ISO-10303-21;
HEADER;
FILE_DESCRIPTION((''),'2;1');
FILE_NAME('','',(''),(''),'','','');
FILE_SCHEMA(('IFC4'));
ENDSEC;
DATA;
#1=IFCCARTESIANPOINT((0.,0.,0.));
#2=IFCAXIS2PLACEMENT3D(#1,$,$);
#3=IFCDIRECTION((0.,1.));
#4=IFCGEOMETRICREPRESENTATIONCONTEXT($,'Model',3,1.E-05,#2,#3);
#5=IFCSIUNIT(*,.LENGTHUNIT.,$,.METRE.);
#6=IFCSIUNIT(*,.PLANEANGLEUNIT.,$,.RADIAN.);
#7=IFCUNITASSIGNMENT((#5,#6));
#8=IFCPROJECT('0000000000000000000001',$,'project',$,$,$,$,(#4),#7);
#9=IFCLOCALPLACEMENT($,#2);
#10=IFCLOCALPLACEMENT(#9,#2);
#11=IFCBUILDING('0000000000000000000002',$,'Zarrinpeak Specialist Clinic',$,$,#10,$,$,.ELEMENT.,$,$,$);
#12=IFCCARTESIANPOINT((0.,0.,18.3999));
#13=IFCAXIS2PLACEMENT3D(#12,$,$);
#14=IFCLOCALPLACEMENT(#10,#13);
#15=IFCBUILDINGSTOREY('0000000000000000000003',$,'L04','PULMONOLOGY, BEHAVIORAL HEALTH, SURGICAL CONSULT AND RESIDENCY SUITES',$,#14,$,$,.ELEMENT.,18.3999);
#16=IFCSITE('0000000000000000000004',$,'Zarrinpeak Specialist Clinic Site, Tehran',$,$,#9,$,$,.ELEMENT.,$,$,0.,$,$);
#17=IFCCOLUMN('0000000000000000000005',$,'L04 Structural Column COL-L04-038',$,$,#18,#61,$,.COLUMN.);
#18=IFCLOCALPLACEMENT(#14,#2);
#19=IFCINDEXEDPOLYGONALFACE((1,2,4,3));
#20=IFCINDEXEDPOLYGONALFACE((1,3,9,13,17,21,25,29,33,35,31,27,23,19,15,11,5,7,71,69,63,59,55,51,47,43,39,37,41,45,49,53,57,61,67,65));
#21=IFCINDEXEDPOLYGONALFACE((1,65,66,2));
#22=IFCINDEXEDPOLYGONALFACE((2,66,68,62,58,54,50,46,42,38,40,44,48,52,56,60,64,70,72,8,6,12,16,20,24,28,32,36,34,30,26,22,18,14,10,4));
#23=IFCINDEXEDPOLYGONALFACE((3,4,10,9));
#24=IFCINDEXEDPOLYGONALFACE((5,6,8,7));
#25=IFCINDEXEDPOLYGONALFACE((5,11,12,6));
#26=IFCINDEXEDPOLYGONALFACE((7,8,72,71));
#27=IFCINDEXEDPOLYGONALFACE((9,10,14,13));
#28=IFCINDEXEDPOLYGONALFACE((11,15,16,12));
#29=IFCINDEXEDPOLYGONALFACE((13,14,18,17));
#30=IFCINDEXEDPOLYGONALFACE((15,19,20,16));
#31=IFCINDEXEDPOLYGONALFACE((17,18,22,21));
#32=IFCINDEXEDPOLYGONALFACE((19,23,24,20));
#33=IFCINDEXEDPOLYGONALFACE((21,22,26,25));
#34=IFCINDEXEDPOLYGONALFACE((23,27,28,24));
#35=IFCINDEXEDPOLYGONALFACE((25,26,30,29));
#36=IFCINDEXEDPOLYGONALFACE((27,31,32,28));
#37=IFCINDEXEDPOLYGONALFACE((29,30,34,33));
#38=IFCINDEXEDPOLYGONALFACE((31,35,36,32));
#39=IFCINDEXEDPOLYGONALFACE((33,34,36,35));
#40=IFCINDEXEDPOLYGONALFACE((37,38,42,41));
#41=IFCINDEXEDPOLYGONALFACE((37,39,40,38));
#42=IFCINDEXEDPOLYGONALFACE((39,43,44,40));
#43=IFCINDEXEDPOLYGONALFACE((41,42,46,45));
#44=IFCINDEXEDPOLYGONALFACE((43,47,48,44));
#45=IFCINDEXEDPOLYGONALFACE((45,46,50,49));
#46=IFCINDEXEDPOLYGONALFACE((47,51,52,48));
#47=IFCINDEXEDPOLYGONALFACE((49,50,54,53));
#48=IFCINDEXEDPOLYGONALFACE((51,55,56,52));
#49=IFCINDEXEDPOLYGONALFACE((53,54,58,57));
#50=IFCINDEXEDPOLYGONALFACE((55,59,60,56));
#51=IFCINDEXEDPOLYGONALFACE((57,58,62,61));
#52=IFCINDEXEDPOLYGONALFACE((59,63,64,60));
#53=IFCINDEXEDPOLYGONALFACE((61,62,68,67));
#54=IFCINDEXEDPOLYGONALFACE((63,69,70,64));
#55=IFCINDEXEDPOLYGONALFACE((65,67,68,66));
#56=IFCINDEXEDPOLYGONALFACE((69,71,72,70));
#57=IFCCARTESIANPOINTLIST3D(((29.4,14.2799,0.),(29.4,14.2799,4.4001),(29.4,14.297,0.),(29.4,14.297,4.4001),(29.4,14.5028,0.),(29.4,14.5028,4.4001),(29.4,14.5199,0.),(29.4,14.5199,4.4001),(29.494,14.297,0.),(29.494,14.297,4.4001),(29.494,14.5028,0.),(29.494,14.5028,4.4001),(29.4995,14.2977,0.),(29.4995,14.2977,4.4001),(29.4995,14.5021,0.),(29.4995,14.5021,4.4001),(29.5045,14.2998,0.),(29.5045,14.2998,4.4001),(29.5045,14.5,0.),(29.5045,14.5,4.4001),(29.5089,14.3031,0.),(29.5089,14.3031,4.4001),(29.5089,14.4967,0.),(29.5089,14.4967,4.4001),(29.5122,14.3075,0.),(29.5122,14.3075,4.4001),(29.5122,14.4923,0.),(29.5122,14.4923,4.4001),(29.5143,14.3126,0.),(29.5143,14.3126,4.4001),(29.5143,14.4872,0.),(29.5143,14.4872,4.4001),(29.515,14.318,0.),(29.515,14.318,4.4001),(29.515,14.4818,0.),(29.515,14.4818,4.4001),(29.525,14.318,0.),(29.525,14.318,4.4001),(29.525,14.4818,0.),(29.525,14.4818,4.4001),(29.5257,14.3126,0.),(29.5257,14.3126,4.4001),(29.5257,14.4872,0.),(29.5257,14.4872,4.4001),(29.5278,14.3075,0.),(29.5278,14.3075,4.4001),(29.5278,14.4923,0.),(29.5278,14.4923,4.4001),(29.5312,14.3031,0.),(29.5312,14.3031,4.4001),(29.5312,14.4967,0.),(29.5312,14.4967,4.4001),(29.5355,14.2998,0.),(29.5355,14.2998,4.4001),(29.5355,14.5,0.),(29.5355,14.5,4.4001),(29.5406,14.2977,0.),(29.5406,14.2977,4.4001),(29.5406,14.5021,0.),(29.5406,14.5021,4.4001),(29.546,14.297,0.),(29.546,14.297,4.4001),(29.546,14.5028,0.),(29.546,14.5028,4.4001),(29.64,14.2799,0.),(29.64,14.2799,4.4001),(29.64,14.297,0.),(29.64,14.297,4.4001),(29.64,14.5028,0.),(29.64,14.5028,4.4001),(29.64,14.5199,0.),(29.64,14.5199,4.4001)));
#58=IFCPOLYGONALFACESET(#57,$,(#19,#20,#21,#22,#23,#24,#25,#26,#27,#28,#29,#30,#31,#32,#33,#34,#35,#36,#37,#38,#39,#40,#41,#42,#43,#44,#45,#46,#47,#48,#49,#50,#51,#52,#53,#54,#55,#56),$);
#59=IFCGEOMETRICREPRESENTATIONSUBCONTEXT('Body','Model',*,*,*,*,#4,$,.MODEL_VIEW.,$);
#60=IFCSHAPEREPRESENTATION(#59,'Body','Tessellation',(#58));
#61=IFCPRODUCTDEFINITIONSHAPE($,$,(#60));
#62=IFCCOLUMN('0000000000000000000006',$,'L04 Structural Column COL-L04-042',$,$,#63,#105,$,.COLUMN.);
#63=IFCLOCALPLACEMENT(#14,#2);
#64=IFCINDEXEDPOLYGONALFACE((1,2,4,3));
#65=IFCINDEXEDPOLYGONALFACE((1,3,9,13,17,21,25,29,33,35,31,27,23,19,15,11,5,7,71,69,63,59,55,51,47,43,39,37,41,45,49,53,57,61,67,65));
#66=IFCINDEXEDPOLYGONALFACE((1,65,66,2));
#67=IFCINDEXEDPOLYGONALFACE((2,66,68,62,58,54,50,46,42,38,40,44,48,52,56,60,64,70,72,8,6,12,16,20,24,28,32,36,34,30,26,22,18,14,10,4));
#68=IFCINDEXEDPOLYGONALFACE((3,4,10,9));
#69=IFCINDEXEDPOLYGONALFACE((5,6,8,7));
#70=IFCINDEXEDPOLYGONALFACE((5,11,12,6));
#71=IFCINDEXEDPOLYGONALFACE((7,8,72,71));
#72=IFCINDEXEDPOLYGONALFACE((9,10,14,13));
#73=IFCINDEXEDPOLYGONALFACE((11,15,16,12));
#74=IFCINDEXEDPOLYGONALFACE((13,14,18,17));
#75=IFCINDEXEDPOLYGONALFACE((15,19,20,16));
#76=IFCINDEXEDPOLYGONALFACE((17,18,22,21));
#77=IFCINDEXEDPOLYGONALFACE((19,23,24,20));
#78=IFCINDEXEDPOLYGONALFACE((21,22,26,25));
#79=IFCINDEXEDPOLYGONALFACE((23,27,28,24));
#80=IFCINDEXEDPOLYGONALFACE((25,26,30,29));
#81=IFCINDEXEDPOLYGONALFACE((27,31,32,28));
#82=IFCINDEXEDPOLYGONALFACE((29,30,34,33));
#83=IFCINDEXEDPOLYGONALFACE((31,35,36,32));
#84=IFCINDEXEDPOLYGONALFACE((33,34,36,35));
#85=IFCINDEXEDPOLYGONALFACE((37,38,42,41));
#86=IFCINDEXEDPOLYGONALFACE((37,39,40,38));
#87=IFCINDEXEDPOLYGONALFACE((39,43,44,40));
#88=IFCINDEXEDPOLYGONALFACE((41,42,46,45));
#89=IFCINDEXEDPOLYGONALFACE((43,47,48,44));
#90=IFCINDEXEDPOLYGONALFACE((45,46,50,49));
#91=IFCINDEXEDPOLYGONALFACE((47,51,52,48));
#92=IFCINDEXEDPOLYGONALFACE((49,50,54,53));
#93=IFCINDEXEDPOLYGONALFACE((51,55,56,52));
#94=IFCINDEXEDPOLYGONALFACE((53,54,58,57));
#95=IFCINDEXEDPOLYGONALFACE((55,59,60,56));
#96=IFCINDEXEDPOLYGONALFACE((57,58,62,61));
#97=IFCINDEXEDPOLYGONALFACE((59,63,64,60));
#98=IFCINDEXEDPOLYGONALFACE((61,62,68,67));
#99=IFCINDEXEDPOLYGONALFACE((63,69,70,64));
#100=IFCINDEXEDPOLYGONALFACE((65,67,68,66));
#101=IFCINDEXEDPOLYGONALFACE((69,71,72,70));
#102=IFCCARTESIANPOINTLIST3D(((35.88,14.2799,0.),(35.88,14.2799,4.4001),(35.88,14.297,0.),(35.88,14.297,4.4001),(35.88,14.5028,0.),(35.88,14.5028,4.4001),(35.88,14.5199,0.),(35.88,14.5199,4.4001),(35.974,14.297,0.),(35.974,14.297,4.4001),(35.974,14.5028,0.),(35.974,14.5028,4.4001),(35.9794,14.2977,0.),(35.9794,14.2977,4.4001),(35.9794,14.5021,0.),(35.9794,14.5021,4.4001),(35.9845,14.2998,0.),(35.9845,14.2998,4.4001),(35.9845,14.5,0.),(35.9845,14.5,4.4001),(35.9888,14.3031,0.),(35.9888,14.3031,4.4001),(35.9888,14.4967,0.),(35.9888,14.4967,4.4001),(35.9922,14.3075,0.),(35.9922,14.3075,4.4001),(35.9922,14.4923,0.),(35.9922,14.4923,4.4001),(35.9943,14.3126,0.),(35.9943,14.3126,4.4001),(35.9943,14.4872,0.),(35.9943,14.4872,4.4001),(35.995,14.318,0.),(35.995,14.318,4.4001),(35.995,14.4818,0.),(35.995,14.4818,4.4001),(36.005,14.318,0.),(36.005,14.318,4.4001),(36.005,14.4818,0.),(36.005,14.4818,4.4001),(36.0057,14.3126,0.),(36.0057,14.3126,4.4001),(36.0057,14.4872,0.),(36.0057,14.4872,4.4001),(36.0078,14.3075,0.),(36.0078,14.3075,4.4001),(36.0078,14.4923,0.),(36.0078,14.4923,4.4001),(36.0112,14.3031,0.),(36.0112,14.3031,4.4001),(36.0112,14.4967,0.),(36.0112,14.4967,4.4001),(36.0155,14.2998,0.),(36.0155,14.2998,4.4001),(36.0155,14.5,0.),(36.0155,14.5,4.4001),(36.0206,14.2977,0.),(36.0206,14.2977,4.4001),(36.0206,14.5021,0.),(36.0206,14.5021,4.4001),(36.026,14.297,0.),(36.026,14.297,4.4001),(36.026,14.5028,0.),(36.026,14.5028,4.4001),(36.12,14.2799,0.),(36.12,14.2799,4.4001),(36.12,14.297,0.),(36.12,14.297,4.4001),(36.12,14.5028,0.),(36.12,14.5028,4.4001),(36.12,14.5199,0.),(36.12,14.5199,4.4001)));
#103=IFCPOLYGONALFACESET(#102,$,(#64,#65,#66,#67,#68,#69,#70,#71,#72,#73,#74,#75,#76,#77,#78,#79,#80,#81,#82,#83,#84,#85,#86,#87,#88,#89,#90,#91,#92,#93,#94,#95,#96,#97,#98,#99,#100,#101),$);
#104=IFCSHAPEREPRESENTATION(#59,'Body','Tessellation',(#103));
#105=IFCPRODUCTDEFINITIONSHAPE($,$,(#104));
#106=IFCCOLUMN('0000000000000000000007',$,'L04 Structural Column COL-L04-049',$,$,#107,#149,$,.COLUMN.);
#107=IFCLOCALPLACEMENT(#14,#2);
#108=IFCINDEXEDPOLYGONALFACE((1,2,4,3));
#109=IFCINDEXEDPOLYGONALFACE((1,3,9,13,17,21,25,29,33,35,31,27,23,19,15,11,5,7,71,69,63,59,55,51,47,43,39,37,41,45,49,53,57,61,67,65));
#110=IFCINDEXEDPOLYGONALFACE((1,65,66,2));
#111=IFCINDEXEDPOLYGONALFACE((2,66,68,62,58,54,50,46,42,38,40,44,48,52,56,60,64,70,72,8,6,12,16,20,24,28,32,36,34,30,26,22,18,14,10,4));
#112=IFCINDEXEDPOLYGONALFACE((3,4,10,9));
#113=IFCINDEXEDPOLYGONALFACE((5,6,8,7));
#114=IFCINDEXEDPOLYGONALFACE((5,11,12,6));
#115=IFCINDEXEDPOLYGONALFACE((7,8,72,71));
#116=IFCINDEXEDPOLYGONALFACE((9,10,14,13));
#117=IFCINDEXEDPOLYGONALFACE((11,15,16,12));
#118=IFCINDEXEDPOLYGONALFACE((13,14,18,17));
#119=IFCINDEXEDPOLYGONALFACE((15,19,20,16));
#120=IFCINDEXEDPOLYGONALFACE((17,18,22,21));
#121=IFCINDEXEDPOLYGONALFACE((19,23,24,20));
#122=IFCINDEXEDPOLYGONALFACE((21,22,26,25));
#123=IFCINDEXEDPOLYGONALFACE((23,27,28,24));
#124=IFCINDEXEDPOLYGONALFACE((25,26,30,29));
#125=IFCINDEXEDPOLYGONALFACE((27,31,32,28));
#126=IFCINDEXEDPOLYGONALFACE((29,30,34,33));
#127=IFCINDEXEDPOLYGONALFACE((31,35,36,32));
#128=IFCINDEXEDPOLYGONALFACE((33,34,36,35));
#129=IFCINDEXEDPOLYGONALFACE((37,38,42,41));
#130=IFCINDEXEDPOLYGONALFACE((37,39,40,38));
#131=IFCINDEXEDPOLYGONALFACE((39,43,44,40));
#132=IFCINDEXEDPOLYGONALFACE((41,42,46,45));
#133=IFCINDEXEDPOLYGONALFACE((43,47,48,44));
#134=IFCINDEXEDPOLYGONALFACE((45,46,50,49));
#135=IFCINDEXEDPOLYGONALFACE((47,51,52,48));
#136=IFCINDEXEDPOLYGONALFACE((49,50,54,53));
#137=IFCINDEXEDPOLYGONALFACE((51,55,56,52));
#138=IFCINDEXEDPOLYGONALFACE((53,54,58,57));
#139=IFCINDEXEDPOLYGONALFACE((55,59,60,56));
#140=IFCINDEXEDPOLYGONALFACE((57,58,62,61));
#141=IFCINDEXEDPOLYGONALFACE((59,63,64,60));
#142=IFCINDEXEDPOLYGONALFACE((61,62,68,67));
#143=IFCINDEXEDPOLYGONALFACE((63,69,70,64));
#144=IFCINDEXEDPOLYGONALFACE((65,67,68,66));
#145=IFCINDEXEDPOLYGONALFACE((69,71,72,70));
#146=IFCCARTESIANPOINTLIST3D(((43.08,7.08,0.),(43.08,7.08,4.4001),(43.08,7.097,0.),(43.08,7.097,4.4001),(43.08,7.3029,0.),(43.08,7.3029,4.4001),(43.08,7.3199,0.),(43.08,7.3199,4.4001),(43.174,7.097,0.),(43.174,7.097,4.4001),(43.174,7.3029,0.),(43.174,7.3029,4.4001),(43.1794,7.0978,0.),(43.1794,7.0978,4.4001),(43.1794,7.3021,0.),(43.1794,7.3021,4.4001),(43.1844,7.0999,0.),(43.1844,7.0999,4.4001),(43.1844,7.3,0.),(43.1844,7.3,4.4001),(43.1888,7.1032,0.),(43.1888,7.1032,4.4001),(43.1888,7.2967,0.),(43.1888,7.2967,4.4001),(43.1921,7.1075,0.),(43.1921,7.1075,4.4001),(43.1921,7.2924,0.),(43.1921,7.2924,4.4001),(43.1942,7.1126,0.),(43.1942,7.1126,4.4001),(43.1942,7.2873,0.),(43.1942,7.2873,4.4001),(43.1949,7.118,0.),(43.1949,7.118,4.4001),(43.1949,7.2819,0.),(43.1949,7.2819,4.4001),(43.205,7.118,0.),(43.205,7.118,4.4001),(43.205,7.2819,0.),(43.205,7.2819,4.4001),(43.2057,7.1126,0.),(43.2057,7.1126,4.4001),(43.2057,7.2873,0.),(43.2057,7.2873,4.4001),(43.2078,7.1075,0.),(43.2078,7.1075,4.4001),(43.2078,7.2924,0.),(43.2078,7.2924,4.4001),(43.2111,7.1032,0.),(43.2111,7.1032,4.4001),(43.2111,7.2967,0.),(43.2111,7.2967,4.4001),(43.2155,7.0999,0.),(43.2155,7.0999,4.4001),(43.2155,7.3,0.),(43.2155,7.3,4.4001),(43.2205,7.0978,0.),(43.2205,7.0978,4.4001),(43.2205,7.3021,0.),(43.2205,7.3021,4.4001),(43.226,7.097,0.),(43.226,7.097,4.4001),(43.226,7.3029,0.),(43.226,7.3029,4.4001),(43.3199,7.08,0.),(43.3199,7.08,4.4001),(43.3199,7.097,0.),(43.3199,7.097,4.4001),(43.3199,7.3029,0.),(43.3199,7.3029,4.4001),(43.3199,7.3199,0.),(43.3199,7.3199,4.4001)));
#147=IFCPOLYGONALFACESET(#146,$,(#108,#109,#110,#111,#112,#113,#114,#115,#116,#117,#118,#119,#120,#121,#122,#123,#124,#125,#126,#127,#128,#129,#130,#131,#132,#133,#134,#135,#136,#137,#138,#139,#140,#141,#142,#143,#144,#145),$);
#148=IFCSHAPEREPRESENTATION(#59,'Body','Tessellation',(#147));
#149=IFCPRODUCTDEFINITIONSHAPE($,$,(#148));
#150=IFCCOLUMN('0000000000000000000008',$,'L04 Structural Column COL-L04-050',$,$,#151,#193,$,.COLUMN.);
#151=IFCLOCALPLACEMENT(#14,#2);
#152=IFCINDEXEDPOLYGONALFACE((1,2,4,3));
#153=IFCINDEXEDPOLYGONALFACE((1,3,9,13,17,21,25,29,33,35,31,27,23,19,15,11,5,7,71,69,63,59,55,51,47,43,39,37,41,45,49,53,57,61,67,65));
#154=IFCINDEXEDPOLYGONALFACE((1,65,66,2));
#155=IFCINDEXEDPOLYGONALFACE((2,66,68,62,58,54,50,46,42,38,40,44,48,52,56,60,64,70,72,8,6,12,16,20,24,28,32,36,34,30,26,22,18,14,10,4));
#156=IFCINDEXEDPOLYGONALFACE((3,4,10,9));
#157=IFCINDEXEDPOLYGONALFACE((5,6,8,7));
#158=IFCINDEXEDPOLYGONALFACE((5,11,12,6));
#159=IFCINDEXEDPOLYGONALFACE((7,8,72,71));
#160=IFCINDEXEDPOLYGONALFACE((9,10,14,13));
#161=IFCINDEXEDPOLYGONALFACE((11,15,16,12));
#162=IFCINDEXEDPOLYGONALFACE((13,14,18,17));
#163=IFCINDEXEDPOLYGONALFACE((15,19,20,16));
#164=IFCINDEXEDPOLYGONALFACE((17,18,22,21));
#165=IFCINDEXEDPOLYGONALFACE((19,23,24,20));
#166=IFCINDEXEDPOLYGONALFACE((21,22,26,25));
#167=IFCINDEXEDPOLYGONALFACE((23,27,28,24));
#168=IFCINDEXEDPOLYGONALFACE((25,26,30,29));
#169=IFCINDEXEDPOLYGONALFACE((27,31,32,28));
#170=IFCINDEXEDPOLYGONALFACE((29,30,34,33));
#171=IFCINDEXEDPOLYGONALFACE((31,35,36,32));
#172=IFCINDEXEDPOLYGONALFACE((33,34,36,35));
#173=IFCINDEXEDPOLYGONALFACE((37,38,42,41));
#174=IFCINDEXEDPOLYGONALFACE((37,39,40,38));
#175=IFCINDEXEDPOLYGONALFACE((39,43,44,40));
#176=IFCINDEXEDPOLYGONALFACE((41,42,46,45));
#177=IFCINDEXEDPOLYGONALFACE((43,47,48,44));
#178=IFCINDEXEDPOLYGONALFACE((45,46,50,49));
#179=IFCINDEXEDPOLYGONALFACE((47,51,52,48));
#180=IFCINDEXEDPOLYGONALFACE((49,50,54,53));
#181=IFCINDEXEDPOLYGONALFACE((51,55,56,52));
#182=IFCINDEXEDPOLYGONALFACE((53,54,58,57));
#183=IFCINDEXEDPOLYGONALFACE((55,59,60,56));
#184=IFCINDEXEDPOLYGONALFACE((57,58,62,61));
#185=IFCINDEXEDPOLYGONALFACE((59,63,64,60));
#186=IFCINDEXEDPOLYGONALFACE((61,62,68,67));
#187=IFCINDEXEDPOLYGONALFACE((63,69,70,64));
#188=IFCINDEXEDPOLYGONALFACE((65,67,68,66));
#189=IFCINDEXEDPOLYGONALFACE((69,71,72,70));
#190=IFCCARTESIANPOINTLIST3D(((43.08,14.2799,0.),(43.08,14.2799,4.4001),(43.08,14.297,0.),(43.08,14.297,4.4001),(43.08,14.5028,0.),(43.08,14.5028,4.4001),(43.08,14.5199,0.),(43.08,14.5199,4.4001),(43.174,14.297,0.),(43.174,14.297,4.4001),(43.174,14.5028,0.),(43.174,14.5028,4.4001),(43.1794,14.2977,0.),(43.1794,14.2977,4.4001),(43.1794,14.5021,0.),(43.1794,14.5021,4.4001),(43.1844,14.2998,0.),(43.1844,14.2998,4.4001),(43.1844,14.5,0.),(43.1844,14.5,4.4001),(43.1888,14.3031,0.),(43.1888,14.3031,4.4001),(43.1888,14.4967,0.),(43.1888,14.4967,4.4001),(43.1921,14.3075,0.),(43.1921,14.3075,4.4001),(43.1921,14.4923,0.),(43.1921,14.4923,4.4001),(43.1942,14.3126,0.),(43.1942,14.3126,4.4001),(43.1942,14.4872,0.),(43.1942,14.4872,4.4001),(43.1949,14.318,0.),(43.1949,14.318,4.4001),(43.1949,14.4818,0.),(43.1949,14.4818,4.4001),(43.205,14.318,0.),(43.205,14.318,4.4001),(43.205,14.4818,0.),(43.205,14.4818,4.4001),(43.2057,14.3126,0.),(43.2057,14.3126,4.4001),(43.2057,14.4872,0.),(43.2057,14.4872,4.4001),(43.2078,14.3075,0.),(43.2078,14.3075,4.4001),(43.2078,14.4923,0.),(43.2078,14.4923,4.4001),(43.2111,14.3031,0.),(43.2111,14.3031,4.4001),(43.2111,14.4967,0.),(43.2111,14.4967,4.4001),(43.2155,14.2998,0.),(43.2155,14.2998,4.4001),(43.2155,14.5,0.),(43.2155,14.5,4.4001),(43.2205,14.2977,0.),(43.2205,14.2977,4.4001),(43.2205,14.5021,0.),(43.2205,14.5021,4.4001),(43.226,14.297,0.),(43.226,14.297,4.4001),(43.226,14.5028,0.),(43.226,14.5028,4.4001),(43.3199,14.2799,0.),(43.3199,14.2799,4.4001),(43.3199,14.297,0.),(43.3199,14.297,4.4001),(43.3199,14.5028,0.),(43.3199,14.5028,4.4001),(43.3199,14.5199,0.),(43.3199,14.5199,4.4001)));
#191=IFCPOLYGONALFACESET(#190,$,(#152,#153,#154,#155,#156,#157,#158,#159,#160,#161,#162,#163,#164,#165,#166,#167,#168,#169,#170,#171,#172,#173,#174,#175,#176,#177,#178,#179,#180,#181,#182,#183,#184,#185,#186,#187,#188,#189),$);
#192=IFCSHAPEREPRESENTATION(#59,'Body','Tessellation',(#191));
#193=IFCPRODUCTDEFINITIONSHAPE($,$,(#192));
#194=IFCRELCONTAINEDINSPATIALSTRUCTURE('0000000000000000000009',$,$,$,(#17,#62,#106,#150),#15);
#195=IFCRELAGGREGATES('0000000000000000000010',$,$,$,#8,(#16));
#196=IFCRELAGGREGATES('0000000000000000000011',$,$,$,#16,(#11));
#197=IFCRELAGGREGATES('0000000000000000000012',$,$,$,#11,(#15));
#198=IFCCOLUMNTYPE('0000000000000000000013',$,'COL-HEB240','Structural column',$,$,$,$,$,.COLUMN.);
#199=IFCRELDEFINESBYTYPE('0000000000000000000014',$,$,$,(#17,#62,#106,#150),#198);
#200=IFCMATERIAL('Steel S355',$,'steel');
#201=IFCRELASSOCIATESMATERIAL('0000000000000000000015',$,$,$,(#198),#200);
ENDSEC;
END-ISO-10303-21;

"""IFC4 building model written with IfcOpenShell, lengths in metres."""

from ifc_helpers import new_model, si_unit, direction, frame, origin, origin_2d, place, context, subcontext, project, spatial, i_section, extrude, material, material_profile, profile_set, type_object, element, save


model = new_model("IFC4")

# Units and contexts
model_context = context("Model", 3, precision=1e-05, world=origin(), true_north=direction((0.0, 1.0)))
body_context = subcontext(model_context, "Body", "Model", "MODEL_VIEW")
ifc_project = project(units=[si_unit("LENGTHUNIT", "METRE"), si_unit("PLANEANGLEUNIT", "RADIAN")], contexts=[model_context])

# Site, building, storey
site_placement = place(None, origin())
site = spatial("IfcSite", under=ifc_project, at=site_placement, Name="Zarrinpeak Specialist Clinic Site, Tehran", CompositionType="ELEMENT", RefElevation=0.0)
building_placement = place(site_placement, origin())
building = spatial("IfcBuilding", under=site, at=building_placement, Name="Zarrinpeak Specialist Clinic", CompositionType="ELEMENT")
storey_placement = place(building_placement, frame((0.0, 0.0, 18.3999)))
storey = spatial("IfcBuildingStorey", under=building, at=storey_placement, Name="L04", Description="PULMONOLOGY, BEHAVIORAL HEALTH, SURGICAL CONSULT AND RESIDENCY SUITES", CompositionType="ELEMENT", Elevation=18.3999)

# Columns
ifc_material_1 = material(Name="Steel S355", Category="steel")
ifc_material_profile_1 = material_profile(ifc_material_1, i_section(OverallWidth=0.24, OverallDepth=0.24, WebThickness=0.01, FlangeThickness=0.0171, FilletRadius=0.021, at=origin_2d()), Name="HEB 240")
ifc_profile_set_1 = profile_set([ifc_material_profile_1], Name="Steel S355")
column_type = type_object("IfcColumnType", Name="COL-HEB240", Description="Structural column", PredefinedType="COLUMN", material=ifc_profile_set_1)
for number, where, z_axis, x_axis, name in (
    (1, (29.52, 14.3999, 0.0), (0.0, 0.0, 1.0), (1.0, 0.0, 0.0), "L04 Structural Column COL-L04-038"),
    (2, (36.0, 14.3999, 0.0), (0.0, 0.0, 1.0), (1.0, 0.0, 0.0), "L04 Structural Column COL-L04-042"),
    (3, (43.2, 7.2, 0.0), (0.0, 0.0, 1.0), (1.0, 0.0, 0.0), "L04 Structural Column COL-L04-049"),
    (4, (43.2, 14.3999, 0.0), (0.0, 0.0, 1.0), (1.0, 0.0, 0.0), "L04 Structural Column COL-L04-050"),
):
    element("IfcColumn", number, at=place(storey_placement, frame(where, z_axis=z_axis, x_axis=x_axis)), inside=storey, type_object=column_type, Name=name, PredefinedType="COLUMN", context=body_context, shape_type="SweptSolid", body=[
        extrude(i_section(OverallWidth=0.24, OverallDepth=0.24, WebThickness=0.01, FlangeThickness=0.0171, FilletRadius=0.021, at=origin_2d()), origin(), (0.0, 0.0, 1.0), 4.4001),
    ])

save(model, "model.ifc")
